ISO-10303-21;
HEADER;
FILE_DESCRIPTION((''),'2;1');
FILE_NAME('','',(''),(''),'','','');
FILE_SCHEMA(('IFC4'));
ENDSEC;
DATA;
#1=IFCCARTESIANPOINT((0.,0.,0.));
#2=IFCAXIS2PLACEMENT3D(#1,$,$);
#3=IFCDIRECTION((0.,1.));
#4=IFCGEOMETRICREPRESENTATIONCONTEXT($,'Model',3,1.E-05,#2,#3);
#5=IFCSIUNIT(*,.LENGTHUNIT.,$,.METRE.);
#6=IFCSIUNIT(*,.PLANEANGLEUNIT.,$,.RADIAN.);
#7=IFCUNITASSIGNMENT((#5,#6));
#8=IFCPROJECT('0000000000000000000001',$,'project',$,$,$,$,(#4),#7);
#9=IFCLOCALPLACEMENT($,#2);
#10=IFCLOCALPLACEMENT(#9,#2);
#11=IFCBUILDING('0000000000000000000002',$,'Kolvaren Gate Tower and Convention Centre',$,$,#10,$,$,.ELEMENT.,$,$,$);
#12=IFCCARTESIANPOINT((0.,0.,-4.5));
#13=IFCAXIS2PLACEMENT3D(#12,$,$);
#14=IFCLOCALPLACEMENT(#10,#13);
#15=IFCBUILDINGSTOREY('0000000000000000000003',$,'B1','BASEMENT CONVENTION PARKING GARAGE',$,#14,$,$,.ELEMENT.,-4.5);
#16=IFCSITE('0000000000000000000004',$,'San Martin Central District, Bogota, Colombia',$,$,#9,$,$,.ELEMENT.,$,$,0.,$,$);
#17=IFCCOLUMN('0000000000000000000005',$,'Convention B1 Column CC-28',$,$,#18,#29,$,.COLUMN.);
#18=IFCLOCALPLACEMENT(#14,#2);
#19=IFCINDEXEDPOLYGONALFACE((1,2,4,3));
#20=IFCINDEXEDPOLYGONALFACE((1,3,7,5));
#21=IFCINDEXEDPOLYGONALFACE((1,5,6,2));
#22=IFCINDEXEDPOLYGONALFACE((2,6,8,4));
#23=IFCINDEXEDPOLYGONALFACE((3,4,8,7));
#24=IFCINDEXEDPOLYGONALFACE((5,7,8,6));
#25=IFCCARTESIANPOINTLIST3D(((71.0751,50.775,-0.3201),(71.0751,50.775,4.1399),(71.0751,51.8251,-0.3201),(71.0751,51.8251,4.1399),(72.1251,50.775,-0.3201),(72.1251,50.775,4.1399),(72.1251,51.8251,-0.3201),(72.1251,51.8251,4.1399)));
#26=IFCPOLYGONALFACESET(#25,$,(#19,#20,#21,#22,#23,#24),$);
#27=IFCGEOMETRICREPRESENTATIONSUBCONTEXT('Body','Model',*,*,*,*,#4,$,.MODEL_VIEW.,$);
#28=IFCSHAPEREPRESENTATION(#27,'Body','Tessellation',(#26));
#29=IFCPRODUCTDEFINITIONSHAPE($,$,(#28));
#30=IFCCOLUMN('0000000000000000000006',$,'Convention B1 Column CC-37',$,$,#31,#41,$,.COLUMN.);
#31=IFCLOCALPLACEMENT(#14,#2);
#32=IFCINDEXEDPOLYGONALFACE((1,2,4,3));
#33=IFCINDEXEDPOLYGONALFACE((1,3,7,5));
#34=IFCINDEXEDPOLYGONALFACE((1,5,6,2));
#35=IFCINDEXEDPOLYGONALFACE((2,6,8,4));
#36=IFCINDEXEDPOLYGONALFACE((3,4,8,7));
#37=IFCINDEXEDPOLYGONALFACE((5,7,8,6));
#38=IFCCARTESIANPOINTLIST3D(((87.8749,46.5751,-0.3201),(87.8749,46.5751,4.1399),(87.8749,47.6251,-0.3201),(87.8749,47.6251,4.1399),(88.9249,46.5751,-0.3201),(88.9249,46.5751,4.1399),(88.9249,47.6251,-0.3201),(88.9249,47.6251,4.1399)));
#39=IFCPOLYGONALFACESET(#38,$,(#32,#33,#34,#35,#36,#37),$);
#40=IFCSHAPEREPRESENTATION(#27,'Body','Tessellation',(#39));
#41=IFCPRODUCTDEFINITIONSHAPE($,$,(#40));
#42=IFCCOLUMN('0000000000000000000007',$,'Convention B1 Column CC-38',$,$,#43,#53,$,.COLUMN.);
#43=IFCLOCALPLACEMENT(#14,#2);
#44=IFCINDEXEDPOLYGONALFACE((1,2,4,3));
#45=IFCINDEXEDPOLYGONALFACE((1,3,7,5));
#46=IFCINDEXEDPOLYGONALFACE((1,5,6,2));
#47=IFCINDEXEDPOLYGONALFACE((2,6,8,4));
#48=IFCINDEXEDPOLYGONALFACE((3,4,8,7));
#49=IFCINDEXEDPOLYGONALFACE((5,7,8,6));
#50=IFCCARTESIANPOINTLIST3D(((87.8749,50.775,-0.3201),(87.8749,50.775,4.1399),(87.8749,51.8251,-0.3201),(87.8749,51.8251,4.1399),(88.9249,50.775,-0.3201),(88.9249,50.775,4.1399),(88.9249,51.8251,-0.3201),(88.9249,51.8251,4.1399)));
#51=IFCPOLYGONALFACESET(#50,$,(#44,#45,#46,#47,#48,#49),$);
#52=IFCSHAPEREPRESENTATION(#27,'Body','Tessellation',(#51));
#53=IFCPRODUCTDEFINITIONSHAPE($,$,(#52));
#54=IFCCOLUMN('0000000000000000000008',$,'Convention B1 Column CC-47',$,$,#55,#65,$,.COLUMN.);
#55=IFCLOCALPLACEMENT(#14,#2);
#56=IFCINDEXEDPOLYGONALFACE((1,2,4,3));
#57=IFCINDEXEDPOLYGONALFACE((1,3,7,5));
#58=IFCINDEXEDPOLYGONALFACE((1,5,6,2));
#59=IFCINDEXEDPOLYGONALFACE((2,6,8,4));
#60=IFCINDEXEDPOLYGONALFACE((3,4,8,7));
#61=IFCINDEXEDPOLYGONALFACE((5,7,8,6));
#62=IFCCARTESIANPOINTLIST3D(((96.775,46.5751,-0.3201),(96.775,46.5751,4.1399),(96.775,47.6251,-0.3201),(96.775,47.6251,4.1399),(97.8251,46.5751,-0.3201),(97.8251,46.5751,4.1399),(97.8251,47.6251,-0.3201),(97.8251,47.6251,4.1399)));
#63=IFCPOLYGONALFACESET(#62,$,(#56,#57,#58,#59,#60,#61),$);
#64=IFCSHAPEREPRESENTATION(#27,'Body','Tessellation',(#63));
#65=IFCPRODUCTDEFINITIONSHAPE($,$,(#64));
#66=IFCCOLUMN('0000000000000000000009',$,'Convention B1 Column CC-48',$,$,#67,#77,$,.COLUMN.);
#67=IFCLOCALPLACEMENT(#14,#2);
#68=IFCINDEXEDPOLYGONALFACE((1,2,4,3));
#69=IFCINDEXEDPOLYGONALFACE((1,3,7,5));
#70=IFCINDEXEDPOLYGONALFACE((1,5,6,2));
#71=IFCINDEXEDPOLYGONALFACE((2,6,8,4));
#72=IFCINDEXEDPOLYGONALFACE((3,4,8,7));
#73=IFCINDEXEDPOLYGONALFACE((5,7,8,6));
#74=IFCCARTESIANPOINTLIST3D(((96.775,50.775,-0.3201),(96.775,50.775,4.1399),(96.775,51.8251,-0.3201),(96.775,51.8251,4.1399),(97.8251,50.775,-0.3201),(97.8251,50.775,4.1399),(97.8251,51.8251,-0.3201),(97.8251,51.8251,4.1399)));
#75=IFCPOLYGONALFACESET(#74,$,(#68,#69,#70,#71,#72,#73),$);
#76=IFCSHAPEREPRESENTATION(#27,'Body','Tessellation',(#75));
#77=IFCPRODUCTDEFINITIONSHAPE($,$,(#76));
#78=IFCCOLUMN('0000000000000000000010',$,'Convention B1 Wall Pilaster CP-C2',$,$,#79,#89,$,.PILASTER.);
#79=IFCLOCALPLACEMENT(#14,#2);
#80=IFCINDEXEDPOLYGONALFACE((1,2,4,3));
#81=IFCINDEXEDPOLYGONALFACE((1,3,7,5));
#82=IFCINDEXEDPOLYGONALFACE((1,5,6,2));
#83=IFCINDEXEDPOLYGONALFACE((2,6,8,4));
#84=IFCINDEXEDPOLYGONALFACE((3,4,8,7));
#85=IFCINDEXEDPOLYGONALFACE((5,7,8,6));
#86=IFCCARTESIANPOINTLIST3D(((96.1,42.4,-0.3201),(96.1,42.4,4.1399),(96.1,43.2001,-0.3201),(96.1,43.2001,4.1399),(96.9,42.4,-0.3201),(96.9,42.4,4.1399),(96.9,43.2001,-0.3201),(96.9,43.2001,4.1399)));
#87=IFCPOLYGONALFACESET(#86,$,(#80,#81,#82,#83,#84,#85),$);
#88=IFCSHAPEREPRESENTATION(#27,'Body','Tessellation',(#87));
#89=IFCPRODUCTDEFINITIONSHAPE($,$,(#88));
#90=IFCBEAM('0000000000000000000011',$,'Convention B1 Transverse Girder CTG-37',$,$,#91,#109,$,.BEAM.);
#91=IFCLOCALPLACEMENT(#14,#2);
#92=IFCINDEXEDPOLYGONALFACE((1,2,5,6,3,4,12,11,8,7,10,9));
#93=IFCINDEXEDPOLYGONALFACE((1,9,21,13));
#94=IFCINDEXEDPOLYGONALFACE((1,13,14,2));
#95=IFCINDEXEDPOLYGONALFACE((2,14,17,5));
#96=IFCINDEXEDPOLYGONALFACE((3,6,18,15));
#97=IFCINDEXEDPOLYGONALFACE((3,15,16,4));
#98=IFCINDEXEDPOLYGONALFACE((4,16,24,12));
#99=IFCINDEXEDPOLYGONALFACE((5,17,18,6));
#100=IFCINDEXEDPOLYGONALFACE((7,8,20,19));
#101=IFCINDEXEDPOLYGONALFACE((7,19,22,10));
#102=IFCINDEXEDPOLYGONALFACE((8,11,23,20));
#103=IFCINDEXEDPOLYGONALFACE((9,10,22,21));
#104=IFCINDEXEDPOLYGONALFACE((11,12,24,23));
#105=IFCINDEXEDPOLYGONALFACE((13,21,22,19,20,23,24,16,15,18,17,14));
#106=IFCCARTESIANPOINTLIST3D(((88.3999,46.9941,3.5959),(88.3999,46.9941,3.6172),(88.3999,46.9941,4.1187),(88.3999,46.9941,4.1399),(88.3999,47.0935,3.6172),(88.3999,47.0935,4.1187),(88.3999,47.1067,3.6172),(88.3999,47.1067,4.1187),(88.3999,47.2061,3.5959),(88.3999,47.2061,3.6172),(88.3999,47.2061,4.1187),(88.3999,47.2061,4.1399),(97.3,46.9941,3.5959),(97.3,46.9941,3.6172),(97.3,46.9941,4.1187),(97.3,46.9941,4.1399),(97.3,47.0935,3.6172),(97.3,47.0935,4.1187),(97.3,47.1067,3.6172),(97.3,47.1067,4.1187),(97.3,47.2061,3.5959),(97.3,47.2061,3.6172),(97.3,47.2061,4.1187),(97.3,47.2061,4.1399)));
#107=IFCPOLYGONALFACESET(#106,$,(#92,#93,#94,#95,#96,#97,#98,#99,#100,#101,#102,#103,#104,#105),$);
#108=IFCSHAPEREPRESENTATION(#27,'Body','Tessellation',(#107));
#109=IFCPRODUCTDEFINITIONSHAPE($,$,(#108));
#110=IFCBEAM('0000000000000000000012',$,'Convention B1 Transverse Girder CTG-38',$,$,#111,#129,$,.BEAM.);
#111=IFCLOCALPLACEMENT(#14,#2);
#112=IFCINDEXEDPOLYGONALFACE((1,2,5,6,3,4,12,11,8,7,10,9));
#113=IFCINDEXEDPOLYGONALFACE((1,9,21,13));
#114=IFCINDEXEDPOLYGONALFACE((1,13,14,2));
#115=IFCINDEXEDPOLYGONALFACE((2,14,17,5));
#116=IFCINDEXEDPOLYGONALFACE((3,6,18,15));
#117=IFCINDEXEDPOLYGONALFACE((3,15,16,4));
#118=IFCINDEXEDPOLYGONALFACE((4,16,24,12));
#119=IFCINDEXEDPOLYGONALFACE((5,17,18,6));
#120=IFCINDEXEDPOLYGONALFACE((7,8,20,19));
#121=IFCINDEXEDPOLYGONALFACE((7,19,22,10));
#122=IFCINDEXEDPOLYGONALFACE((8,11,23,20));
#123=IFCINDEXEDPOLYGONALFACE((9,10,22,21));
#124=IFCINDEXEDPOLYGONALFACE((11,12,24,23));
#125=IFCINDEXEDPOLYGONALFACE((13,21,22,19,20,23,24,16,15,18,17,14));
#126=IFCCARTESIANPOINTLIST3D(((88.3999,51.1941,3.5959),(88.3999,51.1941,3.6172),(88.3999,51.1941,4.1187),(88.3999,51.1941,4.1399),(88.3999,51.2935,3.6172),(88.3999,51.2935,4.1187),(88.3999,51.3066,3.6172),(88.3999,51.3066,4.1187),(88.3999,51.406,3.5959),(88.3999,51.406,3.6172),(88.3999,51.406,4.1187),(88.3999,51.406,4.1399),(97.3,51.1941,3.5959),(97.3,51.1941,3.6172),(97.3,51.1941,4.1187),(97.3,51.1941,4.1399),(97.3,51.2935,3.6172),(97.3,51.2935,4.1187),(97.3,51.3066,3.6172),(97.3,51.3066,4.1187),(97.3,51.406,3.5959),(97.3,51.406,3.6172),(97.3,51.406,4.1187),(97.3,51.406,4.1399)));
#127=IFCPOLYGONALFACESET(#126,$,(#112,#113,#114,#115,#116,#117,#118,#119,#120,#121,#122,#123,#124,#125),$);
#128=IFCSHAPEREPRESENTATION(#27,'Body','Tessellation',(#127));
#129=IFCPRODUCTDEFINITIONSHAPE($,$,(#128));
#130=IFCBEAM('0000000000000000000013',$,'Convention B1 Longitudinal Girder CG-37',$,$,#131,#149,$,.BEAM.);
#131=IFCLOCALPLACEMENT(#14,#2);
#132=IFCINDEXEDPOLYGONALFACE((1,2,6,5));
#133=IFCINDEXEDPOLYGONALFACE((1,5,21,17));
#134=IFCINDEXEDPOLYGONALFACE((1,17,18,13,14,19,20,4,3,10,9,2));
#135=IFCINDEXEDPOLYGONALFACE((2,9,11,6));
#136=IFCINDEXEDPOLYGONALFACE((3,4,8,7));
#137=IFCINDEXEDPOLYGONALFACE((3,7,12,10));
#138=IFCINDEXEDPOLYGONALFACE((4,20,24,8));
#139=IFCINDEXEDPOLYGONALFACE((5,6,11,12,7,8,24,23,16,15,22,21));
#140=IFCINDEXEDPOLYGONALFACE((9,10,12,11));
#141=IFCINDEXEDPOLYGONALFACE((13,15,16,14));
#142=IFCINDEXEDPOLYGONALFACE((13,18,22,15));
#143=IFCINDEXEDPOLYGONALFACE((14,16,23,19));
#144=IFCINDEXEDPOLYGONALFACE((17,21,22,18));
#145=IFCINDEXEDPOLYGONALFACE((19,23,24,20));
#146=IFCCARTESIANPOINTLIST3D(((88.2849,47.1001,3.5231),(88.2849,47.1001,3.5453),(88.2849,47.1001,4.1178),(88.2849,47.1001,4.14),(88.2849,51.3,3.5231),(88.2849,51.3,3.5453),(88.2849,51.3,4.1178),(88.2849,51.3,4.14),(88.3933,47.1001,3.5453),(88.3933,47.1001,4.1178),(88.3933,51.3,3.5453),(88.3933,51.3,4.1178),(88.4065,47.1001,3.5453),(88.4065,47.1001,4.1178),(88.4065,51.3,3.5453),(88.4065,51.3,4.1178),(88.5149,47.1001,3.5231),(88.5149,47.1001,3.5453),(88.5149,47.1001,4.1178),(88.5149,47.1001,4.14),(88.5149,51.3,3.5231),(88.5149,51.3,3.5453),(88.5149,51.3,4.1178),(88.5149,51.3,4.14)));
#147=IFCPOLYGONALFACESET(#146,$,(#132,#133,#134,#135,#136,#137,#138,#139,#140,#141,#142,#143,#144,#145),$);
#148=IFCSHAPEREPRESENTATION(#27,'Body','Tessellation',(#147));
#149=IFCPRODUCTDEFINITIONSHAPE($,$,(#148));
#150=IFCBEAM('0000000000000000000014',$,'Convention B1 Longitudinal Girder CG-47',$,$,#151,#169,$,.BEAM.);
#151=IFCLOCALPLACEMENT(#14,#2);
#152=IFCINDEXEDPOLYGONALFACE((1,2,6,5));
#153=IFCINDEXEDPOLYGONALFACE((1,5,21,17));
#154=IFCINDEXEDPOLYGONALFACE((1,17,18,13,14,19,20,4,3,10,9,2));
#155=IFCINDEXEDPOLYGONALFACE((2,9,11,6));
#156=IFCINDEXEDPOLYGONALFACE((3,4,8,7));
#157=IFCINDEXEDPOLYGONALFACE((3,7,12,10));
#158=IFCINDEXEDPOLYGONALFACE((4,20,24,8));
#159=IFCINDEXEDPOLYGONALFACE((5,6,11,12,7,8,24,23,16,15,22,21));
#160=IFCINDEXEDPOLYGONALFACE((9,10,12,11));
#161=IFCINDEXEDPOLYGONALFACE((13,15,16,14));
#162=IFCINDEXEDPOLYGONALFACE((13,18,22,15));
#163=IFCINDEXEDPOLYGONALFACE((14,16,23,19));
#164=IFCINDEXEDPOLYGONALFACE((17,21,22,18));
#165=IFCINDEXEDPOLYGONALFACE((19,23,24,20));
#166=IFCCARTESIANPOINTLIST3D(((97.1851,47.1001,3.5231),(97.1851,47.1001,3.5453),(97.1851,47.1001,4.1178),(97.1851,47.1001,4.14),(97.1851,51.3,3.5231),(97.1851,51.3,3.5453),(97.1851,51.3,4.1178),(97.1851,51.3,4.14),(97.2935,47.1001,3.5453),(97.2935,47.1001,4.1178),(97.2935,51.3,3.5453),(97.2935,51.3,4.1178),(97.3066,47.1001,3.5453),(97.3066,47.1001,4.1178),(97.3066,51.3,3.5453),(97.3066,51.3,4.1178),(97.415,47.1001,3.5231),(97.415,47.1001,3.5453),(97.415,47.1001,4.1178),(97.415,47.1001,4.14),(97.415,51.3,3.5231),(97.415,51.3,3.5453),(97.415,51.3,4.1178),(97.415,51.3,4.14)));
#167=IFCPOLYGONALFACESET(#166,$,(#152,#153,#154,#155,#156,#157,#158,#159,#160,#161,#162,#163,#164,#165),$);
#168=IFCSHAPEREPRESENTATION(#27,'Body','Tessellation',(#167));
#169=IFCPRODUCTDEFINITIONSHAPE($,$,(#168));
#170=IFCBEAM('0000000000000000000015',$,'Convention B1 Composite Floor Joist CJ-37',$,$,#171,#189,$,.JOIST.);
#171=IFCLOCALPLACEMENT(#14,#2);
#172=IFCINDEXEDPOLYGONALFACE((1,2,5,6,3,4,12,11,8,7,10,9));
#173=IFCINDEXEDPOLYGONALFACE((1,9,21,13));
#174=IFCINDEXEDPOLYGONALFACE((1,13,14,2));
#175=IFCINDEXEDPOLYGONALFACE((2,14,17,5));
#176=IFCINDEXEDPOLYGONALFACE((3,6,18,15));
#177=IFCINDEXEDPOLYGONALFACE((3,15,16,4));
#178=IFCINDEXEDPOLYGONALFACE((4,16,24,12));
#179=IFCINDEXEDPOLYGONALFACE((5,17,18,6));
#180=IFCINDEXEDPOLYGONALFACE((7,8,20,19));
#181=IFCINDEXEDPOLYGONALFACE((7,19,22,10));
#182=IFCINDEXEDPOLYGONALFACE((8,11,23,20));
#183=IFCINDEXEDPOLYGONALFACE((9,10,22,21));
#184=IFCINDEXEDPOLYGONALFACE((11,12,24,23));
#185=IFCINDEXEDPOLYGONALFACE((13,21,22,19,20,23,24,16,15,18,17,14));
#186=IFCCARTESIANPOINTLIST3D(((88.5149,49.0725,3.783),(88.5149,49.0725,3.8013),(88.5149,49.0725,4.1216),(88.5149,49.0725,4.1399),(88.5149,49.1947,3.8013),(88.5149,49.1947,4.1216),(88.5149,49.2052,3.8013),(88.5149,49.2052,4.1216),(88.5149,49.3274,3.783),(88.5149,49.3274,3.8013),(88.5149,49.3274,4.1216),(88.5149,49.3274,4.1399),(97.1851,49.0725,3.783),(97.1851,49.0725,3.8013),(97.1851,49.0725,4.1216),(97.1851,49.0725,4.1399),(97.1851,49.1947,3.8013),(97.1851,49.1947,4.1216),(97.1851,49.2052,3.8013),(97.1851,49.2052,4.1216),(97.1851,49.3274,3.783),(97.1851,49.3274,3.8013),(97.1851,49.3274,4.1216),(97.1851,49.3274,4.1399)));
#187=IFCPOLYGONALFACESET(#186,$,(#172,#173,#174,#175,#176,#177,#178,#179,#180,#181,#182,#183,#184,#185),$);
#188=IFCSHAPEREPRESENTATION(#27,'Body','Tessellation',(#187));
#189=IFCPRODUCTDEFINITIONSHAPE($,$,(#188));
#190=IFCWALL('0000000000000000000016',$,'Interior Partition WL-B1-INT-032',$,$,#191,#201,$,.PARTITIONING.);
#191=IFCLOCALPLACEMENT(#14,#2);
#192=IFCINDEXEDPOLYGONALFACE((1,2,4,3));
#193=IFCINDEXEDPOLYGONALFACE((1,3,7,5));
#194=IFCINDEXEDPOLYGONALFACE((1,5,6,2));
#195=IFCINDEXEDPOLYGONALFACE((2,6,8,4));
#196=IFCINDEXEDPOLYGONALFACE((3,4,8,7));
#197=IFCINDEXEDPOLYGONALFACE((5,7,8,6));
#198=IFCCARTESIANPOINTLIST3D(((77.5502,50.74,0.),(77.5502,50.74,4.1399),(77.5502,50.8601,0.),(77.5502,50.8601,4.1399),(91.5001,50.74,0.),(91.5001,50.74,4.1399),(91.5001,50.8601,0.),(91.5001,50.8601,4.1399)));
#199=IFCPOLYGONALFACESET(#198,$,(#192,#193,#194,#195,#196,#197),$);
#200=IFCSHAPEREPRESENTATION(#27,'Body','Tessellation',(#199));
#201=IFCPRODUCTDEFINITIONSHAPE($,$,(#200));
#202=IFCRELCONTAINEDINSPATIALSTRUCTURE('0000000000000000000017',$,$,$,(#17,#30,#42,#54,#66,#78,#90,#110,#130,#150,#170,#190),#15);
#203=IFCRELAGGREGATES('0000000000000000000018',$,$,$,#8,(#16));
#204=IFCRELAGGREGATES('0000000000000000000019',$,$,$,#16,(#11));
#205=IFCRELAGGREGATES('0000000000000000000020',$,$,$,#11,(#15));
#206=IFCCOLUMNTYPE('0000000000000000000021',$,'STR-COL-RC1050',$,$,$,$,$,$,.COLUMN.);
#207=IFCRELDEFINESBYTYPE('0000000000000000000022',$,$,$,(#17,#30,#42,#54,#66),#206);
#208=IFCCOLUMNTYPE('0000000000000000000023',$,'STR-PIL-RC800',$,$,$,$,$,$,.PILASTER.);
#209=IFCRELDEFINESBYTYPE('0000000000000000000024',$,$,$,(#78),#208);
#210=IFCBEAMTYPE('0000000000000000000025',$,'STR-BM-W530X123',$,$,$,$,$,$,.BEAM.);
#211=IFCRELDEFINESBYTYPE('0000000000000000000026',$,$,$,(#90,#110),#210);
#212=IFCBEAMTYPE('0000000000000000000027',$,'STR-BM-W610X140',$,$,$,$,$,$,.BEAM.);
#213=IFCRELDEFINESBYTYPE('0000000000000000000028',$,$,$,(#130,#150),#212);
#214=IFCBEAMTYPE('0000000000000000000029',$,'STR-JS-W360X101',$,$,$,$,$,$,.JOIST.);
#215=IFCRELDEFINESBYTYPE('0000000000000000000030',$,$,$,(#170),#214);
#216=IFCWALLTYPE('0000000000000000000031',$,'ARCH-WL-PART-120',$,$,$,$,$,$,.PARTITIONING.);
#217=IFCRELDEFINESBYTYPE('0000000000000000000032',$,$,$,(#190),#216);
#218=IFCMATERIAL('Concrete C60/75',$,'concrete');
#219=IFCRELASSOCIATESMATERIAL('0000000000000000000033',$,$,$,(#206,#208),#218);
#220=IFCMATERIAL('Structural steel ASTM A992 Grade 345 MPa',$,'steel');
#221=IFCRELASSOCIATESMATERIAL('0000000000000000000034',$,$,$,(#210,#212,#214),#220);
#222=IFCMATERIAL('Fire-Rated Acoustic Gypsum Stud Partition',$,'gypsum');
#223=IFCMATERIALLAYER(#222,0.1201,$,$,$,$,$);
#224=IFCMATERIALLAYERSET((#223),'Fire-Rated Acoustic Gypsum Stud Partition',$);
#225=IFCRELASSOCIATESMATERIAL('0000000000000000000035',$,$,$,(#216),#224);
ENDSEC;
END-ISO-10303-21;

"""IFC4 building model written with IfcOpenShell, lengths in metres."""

from ifc_helpers import new_model, si_unit, direction, frame, frame_2d, origin, origin_2d, place, context, subcontext, project, spatial, rectangle, i_section, extrude, material, layer, layer_set, material_profile, profile_set, type_object, element, save


model = new_model("IFC4")

# Units and contexts
model_context = context("Model", 3, precision=1e-05, world=origin(), true_north=direction((0.0, 1.0)))
body_context = subcontext(model_context, "Body", "Model", "MODEL_VIEW")
ifc_project = project(units=[si_unit("LENGTHUNIT", "METRE"), si_unit("PLANEANGLEUNIT", "RADIAN")], contexts=[model_context])

# Site, building, storey
site_placement = place(None, origin())
site = spatial("IfcSite", under=ifc_project, at=site_placement, Name="San Martin Central District, Bogota, Colombia", CompositionType="ELEMENT", RefElevation=0.0)
building_placement = place(site_placement, origin())
building = spatial("IfcBuilding", under=site, at=building_placement, Name="Kolvaren Gate Tower and Convention Centre", CompositionType="ELEMENT")
storey_placement = place(building_placement, frame((0.0, 0.0, -4.5)))
storey = spatial("IfcBuildingStorey", under=building, at=storey_placement, Name="B1", Description="BASEMENT CONVENTION PARKING GARAGE", CompositionType="ELEMENT", Elevation=-4.5)

# Columns
ifc_material_1 = material(Name="Concrete C60/75", Category="concrete")
ifc_material_profile_1 = material_profile(ifc_material_1, rectangle(XDim=1.05, YDim=1.05, at=origin_2d()), Name="RC-COL-1050X1050")
ifc_profile_set_1 = profile_set([ifc_material_profile_1], Name="Concrete C60/75")
column_type_1 = type_object("IfcColumnType", Name="STR-COL-RC1050", PredefinedType="COLUMN", material=ifc_profile_set_1)
for number, where, z_axis, x_axis, name in (
    (1, (71.6001, 51.3, -0.3201), (0.0, 0.0, 1.0), (1.0, 0.0, 0.0), "Convention B1 Column CC-28"),
    (2, (88.3999, 47.1001, -0.3201), (0.0, 0.0, 1.0), (1.0, 0.0, 0.0), "Convention B1 Column CC-37"),
    (3, (88.3999, 51.3, -0.3201), (0.0, 0.0, 1.0), (1.0, 0.0, 0.0), "Convention B1 Column CC-38"),
    (4, (97.3, 47.1001, -0.3201), (0.0, 0.0, 1.0), (1.0, 0.0, 0.0), "Convention B1 Column CC-47"),
    (5, (97.3, 51.3, -0.3201), (0.0, 0.0, 1.0), (1.0, 0.0, 0.0), "Convention B1 Column CC-48"),
):
    element("IfcColumn", number, at=place(storey_placement, frame(where, z_axis=z_axis, x_axis=x_axis)), inside=storey, type_object=column_type_1, Name=name, PredefinedType="COLUMN", context=body_context, shape_type="SweptSolid", body=[
        extrude(rectangle(XDim=1.05, YDim=1.05, at=origin_2d()), origin(), (0.0, 0.0, 1.0), 4.46),
    ])
ifc_material_profile_2 = material_profile(ifc_material_1, rectangle(XDim=0.8, YDim=0.8, at=origin_2d()), Name="RC-COL-800X800")
ifc_profile_set_2 = profile_set([ifc_material_profile_2], Name="Concrete C60/75")
column_type_2 = type_object("IfcColumnType", Name="STR-PIL-RC800", PredefinedType="PILASTER", material=ifc_profile_set_2)
column_placement = place(storey_placement, frame((96.5, 42.8, -0.3201), z_axis=(0.0, 0.0, 1.0), x_axis=(1.0, 0.0, 0.0)))
element("IfcColumn", 6, at=column_placement, inside=storey, type_object=column_type_2, Name="Convention B1 Wall Pilaster CP-C2", PredefinedType="PILASTER", context=body_context, shape_type="SweptSolid", body=[
    extrude(rectangle(XDim=0.8, YDim=0.8, at=origin_2d()), origin(), (0.0, 0.0, 1.0), 4.46),
])

# Beams
ifc_material_2 = material(Name="Structural steel ASTM A992 Grade 345 MPa", Category="steel")
ifc_material_profile_3 = material_profile(ifc_material_2, i_section(OverallWidth=0.2119, OverallDepth=0.5439, WebThickness=0.0132, FlangeThickness=0.0212, at=origin_2d()), Name="W530X123")
ifc_profile_set_3 = profile_set([ifc_material_profile_3], Name="Structural steel ASTM A992 Grade 345 MPa")
beam_type_1 = type_object("IfcBeamType", Name="STR-BM-W530X123", PredefinedType="BEAM", material=ifc_profile_set_3)
for number, where, z_axis, x_axis, name in (
    (7, (88.3999, 47.1001, 3.8679), (1.0, 0.0, 0.0), (0.0, 1.0, 0.0), "Convention B1 Transverse Girder CTG-37"),
    (8, (88.3999, 51.3, 3.8679), (1.0, 0.0, 0.0), (0.0, 1.0, 0.0), "Convention B1 Transverse Girder CTG-38"),
):
    element("IfcBeam", number, at=place(storey_placement, frame(where, z_axis=z_axis, x_axis=x_axis)), inside=storey, type_object=beam_type_1, Name=name, PredefinedType="BEAM", context=body_context, shape_type="SweptSolid", body=[
        extrude(i_section(OverallWidth=0.2119, OverallDepth=0.5439, WebThickness=0.0132, FlangeThickness=0.0212, at=origin_2d()), origin(), (0.0, 0.0, 1.0), 8.9001),
    ])
ifc_material_profile_4 = material_profile(ifc_material_2, i_section(OverallWidth=0.23, OverallDepth=0.6169, WebThickness=0.0132, FlangeThickness=0.0222, at=origin_2d()), Name="W610X140")
ifc_profile_set_4 = profile_set([ifc_material_profile_4], Name="Structural steel ASTM A992 Grade 345 MPa")
beam_type_2 = type_object("IfcBeamType", Name="STR-BM-W610X140", PredefinedType="BEAM", material=ifc_profile_set_4)
for number, where, z_axis, x_axis, name in (
    (9, (88.3999, 47.1001, 3.8315), (0.0, 1.0, 0.0), (-1.0, 0.0, 0.0), "Convention B1 Longitudinal Girder CG-37"),
    (10, (97.3, 47.1001, 3.8315), (0.0, 1.0, 0.0), (-1.0, 0.0, 0.0), "Convention B1 Longitudinal Girder CG-47"),
):
    element("IfcBeam", number, at=place(storey_placement, frame(where, z_axis=z_axis, x_axis=x_axis)), inside=storey, type_object=beam_type_2, Name=name, PredefinedType="BEAM", context=body_context, shape_type="SweptSolid", body=[
        extrude(i_section(OverallWidth=0.23, OverallDepth=0.6169, WebThickness=0.0132, FlangeThickness=0.0222, at=origin_2d()), origin(), (0.0, 0.0, 1.0), 4.2),
    ])
ifc_material_profile_5 = material_profile(ifc_material_2, i_section(OverallWidth=0.2549, OverallDepth=0.3569, WebThickness=0.0105, FlangeThickness=0.0183, at=origin_2d()), Name="W360X101")
ifc_profile_set_5 = profile_set([ifc_material_profile_5], Name="Structural steel ASTM A992 Grade 345 MPa")
beam_type_3 = type_object("IfcBeamType", Name="STR-JS-W360X101", PredefinedType="JOIST", material=ifc_profile_set_5)
beam_placement = place(storey_placement, frame((88.5149, 49.2, 3.9614), z_axis=(1.0, 0.0, 0.0), x_axis=(0.0, 1.0, 0.0)))
element("IfcBeam", 11, at=beam_placement, inside=storey, type_object=beam_type_3, Name="Convention B1 Composite Floor Joist CJ-37", PredefinedType="JOIST", context=body_context, shape_type="SweptSolid", body=[
    extrude(i_section(OverallWidth=0.2549, OverallDepth=0.3569, WebThickness=0.0105, FlangeThickness=0.0183, at=origin_2d()), origin(), (0.0, 0.0, 1.0), 8.6702),
])

# Wall
ifc_material_3 = material(Name="Fire-Rated Acoustic Gypsum Stud Partition", Category="gypsum")
ifc_layer_1 = layer(ifc_material_3, 0.1201)
ifc_layer_set_1 = layer_set([ifc_layer_1], Name="Fire-Rated Acoustic Gypsum Stud Partition")
wall_type_1 = type_object("IfcWallType", Name="ARCH-WL-PART-120", PredefinedType="PARTITIONING", material=ifc_layer_set_1)
wall_1_placement = place(storey_placement, frame((77.55, 50.8, 0.0), z_axis=(0.0, 0.0, 1.0), x_axis=(1.0, 0.0, 0.0)))
element("IfcWall", 12, at=wall_1_placement, inside=storey, type_object=wall_type_1, Name="Interior Partition WL-B1-INT-032", PredefinedType="PARTITIONING", context=body_context, shape_type="SweptSolid", body=[
    extrude(rectangle(XDim=13.95, YDim=0.1201, at=frame_2d((6.9751, 0.0))), origin(), (0.0, 0.0, 1.0), 4.1399),
])

save(model, "model.ifc")
